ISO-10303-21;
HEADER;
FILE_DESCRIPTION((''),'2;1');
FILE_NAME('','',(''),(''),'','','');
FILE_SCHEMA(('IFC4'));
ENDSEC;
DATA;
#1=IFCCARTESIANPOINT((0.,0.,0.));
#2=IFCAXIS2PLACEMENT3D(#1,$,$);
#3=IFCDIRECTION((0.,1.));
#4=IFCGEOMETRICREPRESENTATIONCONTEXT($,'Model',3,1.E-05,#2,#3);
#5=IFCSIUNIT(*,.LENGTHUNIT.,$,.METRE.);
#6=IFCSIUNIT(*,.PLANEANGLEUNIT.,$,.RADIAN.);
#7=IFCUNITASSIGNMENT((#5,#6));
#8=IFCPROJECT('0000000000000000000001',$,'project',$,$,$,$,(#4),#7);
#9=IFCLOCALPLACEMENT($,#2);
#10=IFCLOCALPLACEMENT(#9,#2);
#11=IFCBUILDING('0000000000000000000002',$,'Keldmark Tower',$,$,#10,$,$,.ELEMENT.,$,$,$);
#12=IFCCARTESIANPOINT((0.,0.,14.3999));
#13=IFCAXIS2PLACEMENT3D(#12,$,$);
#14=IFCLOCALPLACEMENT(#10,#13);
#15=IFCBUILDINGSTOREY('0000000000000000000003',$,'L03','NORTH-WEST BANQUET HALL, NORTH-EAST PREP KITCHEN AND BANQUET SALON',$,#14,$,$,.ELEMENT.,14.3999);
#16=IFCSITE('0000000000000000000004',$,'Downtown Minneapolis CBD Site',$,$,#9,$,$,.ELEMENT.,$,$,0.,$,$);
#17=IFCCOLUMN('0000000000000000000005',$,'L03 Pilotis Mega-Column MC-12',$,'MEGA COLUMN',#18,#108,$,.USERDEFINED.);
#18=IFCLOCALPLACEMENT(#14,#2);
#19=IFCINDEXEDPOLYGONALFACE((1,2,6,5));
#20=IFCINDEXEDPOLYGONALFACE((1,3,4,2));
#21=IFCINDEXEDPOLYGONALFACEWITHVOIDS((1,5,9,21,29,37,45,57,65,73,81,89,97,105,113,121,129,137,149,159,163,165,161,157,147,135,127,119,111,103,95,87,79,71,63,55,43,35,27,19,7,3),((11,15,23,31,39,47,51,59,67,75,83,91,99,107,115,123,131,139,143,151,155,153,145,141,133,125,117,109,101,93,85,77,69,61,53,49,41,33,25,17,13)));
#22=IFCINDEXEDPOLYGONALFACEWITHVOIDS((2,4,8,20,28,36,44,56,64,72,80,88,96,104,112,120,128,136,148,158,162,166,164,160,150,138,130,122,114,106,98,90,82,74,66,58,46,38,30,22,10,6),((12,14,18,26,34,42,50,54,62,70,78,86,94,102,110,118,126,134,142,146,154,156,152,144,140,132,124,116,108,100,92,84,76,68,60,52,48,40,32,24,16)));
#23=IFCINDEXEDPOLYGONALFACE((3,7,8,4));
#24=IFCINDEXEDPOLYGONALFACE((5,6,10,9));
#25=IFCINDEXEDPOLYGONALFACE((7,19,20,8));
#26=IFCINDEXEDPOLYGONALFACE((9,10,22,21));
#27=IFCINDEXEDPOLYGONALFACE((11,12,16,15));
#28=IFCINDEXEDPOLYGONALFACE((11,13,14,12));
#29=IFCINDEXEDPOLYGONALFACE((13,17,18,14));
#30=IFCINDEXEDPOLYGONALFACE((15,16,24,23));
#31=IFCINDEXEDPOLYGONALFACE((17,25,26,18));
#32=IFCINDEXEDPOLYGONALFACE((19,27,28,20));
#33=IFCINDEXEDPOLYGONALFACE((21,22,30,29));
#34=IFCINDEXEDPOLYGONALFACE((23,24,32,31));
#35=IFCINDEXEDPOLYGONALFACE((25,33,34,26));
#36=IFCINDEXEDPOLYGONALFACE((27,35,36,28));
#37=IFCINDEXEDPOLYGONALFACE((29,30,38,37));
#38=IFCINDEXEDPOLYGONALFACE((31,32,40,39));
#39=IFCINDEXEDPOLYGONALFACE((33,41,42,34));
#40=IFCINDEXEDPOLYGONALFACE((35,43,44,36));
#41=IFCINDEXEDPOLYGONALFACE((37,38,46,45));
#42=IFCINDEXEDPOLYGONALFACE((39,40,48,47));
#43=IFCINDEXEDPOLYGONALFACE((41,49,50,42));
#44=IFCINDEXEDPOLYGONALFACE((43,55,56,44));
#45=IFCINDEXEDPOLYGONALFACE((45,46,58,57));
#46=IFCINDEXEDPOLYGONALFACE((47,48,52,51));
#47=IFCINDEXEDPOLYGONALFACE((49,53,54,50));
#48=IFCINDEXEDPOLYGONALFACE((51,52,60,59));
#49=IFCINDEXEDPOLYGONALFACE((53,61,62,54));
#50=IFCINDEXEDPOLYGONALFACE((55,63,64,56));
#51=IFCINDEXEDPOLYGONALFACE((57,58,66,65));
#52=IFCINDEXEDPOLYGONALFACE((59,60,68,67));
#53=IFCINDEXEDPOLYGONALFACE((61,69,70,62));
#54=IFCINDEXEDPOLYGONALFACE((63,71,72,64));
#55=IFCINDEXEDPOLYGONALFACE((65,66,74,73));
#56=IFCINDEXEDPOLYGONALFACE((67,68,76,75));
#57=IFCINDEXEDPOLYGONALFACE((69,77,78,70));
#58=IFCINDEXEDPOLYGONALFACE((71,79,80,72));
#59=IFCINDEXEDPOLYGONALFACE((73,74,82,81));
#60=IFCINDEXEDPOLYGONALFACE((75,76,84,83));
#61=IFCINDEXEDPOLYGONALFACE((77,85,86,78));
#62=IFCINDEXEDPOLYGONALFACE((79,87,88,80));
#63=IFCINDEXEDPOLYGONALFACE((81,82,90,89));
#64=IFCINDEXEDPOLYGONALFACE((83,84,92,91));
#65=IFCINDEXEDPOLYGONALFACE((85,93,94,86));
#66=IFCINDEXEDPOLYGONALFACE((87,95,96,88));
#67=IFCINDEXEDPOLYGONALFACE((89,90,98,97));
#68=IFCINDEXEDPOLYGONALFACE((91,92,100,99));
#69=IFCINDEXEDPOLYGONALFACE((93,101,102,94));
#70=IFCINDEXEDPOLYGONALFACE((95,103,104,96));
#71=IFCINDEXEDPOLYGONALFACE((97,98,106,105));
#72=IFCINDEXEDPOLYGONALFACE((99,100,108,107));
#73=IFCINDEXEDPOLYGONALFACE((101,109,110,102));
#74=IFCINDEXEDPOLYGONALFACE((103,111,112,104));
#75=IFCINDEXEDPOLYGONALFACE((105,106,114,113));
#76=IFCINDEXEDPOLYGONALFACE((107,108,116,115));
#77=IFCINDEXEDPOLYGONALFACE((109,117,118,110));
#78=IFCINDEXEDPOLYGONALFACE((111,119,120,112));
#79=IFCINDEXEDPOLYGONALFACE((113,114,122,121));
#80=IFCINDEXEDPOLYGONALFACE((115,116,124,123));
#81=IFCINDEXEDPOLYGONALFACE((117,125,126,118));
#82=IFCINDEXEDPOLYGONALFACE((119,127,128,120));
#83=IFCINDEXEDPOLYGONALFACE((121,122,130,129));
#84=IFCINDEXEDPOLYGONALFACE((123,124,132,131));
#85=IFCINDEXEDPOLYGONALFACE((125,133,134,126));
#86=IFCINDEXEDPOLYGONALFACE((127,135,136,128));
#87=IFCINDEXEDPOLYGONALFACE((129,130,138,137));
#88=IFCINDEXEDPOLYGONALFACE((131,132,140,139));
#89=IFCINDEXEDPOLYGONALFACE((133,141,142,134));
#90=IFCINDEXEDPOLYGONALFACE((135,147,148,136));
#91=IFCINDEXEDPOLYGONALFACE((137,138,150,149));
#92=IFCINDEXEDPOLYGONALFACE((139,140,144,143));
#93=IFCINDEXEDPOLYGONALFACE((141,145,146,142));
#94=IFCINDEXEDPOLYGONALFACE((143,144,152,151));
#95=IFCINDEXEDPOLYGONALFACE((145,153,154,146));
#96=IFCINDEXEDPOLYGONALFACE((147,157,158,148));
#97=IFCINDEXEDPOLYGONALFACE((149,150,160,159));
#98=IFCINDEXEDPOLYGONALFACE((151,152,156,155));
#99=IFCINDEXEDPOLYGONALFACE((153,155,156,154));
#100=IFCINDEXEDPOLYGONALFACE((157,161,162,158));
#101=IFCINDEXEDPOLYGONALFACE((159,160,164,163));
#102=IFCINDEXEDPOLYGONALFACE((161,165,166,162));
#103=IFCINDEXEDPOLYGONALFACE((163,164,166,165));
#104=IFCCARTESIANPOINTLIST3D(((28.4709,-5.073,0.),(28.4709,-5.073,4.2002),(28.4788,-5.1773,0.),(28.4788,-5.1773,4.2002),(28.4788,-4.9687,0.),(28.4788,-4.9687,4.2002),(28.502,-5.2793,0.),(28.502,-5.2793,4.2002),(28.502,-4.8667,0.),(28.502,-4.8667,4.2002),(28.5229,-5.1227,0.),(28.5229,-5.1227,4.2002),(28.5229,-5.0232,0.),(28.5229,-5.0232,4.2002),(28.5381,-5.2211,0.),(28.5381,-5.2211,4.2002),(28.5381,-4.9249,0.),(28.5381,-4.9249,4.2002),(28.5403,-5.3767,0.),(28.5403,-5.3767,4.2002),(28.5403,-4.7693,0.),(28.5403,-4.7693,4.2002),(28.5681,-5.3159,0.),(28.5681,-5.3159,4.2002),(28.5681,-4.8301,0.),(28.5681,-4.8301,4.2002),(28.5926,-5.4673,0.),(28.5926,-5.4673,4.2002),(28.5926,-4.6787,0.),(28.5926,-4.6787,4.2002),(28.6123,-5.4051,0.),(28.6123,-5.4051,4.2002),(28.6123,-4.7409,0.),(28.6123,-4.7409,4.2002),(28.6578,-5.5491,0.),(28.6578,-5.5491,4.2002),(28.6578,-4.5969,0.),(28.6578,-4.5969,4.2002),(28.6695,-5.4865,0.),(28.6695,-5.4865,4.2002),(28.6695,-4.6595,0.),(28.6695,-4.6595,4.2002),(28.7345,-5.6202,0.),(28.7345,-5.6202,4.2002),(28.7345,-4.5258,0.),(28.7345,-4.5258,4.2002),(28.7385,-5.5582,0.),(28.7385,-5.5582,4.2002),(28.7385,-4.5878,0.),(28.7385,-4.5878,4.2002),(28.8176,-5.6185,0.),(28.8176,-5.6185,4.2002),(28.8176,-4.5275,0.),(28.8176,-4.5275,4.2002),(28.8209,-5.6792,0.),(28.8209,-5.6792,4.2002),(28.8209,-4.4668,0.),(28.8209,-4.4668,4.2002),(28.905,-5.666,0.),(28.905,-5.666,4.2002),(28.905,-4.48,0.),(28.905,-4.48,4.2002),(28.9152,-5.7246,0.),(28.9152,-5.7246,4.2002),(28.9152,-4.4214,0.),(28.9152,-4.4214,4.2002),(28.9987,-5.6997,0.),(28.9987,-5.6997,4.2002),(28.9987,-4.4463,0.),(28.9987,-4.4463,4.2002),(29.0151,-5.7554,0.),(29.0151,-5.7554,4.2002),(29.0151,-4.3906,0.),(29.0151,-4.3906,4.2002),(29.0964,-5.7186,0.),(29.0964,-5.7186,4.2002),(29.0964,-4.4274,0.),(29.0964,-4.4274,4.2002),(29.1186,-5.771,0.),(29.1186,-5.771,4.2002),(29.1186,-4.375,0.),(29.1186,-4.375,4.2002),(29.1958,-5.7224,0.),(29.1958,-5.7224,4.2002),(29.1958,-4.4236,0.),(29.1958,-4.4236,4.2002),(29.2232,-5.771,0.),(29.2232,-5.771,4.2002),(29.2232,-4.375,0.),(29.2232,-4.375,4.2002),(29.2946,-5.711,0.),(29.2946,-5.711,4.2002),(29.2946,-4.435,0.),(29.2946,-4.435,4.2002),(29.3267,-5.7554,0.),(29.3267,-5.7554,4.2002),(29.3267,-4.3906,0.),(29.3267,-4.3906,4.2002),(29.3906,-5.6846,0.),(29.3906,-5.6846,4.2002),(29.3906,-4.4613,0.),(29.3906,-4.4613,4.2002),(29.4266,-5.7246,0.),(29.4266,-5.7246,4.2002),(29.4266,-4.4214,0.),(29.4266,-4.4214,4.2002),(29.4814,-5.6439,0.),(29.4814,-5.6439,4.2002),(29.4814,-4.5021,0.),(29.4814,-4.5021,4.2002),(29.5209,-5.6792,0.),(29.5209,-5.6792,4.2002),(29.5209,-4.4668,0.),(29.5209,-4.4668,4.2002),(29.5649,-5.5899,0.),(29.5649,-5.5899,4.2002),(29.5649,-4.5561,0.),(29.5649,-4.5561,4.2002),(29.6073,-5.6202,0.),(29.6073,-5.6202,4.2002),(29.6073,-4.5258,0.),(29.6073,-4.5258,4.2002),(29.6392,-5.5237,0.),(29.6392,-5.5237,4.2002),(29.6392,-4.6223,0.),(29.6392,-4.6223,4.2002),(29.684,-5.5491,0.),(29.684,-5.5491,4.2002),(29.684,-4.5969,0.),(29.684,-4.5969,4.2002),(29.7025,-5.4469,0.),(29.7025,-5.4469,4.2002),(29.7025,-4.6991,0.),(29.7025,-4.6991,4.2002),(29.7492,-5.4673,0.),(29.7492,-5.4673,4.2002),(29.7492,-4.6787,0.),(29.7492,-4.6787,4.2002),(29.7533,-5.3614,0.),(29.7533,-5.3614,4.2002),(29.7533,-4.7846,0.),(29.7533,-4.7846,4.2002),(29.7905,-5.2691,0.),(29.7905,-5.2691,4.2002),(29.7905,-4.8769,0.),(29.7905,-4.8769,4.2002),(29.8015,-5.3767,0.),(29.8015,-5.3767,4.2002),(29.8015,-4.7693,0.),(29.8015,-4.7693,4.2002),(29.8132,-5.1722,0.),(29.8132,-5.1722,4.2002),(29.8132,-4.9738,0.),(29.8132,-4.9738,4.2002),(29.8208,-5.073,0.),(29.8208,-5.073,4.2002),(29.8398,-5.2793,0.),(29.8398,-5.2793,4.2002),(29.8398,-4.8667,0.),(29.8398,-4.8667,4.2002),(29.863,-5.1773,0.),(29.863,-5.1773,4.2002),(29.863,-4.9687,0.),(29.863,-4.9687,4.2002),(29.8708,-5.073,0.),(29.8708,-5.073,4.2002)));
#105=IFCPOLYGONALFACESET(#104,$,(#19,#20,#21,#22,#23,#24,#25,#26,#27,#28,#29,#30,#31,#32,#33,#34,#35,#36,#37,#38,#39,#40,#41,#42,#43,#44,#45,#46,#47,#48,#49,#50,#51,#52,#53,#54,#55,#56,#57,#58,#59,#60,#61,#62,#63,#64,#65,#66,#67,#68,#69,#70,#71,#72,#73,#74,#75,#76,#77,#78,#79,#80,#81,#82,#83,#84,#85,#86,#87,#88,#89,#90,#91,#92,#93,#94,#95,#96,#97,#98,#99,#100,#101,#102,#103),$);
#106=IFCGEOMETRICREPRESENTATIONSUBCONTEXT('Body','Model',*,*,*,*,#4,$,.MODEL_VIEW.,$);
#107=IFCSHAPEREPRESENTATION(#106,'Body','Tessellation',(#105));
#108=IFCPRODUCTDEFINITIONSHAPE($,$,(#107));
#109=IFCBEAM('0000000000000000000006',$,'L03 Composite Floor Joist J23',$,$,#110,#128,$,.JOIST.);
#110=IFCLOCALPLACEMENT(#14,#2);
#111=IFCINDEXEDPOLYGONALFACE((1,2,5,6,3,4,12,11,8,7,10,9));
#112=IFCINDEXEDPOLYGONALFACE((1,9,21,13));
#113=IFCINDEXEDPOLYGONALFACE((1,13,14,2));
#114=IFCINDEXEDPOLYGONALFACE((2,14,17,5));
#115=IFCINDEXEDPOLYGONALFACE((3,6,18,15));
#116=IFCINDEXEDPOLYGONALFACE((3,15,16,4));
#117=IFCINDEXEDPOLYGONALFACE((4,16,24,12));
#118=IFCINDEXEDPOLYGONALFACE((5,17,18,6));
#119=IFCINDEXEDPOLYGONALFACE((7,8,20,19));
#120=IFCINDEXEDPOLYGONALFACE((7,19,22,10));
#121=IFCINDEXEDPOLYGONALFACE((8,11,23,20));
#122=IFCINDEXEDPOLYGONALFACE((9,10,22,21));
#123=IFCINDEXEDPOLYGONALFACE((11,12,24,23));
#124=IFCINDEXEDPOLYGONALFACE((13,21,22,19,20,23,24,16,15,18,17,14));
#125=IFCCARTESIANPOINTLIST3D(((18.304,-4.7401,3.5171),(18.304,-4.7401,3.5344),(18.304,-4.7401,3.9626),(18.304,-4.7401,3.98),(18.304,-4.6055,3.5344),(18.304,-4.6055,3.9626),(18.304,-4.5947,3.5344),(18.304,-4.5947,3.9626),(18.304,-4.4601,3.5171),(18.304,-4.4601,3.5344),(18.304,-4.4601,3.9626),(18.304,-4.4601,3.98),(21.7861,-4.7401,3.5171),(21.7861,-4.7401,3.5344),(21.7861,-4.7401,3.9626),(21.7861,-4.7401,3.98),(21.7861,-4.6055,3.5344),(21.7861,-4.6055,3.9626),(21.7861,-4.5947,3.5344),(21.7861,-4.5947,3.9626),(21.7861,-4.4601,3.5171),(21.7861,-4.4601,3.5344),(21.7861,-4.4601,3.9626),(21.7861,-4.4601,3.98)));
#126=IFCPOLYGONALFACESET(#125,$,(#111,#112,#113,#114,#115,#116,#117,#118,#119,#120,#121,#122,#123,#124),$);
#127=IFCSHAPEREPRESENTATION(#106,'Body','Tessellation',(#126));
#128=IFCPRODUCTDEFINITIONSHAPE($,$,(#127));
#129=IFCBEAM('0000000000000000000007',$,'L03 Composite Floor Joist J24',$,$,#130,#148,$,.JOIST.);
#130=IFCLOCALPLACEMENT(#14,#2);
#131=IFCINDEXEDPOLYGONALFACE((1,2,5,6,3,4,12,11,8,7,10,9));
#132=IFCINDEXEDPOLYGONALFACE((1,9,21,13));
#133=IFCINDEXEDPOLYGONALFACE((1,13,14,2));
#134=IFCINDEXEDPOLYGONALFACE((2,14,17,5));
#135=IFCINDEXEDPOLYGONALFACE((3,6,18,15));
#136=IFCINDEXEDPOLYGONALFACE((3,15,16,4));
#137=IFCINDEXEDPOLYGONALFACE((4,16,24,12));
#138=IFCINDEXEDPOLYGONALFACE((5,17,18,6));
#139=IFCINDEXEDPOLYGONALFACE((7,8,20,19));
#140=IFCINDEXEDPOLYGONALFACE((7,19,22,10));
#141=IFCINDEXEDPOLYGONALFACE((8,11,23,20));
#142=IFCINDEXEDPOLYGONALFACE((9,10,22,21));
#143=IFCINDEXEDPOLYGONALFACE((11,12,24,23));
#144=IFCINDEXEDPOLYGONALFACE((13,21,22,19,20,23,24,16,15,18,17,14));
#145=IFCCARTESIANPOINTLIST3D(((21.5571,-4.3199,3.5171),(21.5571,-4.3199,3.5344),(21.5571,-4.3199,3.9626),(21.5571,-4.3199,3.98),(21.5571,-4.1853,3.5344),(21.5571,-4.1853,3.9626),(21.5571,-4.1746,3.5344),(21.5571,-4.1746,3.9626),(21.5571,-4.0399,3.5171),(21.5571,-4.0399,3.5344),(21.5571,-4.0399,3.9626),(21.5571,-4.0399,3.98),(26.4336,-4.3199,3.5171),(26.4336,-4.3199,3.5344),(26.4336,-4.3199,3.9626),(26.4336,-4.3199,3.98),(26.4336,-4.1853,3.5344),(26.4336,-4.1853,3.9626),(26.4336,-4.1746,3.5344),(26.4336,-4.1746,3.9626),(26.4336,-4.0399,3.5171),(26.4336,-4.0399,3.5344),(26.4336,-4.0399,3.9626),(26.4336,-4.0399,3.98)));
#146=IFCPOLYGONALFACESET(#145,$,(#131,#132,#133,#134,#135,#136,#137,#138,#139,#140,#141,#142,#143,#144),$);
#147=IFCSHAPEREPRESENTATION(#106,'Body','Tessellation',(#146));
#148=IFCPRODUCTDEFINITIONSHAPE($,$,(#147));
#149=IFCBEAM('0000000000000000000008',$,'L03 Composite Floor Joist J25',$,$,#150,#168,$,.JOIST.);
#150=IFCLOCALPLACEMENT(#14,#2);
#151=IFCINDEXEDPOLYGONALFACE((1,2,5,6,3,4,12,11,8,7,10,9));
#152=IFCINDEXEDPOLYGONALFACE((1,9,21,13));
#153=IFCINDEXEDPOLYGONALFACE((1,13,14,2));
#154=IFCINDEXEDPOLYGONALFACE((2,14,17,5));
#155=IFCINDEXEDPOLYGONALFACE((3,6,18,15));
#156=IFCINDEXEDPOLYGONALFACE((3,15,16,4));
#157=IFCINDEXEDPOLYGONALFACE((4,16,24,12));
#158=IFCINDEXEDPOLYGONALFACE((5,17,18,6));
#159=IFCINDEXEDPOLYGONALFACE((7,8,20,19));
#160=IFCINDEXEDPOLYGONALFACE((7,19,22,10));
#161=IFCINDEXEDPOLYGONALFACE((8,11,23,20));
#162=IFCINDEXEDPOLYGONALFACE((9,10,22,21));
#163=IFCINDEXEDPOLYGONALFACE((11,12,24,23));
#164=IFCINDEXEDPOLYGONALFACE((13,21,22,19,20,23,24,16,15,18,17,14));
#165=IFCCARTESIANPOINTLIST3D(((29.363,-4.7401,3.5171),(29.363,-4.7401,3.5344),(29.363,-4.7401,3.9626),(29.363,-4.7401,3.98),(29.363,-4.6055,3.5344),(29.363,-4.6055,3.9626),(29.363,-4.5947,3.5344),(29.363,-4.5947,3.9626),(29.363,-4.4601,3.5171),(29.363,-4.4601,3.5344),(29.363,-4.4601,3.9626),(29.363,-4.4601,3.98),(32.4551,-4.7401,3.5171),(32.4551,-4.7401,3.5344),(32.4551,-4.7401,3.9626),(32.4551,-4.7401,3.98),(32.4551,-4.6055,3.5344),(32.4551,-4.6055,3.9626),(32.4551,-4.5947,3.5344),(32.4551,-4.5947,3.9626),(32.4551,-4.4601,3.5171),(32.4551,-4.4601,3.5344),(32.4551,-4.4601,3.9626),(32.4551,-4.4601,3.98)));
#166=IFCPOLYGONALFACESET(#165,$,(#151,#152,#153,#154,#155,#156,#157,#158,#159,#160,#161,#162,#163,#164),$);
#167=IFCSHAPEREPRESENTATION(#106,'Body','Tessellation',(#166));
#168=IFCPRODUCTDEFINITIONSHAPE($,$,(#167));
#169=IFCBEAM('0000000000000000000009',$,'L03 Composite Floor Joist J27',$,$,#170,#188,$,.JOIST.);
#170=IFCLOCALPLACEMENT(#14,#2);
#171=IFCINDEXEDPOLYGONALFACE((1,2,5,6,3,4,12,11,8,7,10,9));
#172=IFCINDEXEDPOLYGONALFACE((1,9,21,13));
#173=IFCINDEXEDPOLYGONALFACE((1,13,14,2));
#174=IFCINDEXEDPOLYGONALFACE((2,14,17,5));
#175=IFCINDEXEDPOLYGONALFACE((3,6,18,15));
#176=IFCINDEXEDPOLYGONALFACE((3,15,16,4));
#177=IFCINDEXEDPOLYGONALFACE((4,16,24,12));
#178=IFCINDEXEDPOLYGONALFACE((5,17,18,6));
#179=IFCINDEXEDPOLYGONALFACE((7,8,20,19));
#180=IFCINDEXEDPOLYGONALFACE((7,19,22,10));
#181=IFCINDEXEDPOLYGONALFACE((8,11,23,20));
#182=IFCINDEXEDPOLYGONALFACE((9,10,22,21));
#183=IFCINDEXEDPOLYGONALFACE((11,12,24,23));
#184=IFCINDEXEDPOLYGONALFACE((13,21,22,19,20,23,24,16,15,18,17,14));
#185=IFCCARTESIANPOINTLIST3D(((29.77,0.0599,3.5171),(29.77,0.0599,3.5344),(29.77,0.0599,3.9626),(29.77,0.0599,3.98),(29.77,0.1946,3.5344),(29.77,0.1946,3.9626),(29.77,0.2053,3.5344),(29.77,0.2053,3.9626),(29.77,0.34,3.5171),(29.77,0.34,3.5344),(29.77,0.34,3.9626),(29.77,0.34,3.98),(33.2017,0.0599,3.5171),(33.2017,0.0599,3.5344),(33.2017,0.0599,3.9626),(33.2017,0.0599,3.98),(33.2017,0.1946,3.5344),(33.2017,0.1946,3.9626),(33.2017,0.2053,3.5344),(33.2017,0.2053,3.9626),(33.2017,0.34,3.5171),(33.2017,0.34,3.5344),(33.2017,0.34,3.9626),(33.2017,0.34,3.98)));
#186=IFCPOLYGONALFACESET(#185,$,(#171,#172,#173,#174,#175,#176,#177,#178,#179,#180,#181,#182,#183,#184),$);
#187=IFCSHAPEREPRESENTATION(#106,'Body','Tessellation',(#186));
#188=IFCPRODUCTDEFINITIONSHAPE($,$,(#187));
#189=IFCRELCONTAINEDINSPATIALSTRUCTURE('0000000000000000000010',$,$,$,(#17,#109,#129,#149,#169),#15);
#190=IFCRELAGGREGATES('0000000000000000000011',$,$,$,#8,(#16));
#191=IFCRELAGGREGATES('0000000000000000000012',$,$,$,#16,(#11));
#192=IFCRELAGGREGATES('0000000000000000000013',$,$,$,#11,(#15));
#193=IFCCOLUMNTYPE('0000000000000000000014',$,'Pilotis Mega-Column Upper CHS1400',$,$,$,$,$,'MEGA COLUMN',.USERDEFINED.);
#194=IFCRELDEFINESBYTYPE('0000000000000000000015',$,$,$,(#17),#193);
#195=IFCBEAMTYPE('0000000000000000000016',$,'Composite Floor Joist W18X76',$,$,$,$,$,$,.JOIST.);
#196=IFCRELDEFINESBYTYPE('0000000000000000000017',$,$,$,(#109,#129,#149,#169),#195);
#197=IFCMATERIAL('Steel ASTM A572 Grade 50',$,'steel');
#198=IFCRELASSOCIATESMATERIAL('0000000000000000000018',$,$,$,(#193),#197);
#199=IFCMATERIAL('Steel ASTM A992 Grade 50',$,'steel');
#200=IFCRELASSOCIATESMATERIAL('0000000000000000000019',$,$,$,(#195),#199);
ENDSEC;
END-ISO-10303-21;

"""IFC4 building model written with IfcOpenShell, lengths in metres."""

from ifc_helpers import new_model, si_unit, direction, frame, origin, origin_2d, place, context, subcontext, project, spatial, hollow_circle, i_section, extrude, material, material_profile, profile_set, type_object, element, save


model = new_model("IFC4")

# Units and contexts
model_context = context("Model", 3, precision=1e-05, world=origin(), true_north=direction((0.0, 1.0)))
body_context = subcontext(model_context, "Body", "Model", "MODEL_VIEW")
ifc_project = project(units=[si_unit("LENGTHUNIT", "METRE"), si_unit("PLANEANGLEUNIT", "RADIAN")], contexts=[model_context])

# Site, building, storey
site_placement = place(None, origin())
site = spatial("IfcSite", under=ifc_project, at=site_placement, Name="Downtown Minneapolis CBD Site", CompositionType="ELEMENT", RefElevation=0.0)
building_placement = place(site_placement, origin())
building = spatial("IfcBuilding", under=site, at=building_placement, Name="Keldmark Tower", CompositionType="ELEMENT")
storey_placement = place(building_placement, frame((0.0, 0.0, 14.3999)))
storey = spatial("IfcBuildingStorey", under=building, at=storey_placement, Name="L03", Description="NORTH-WEST BANQUET HALL, NORTH-EAST PREP KITCHEN AND BANQUET SALON", CompositionType="ELEMENT", Elevation=14.3999)

# Column
ifc_material_1 = material(Name="Steel ASTM A572 Grade 50", Category="steel")
ifc_material_profile_1 = material_profile(ifc_material_1, hollow_circle(Radius=0.7, WallThickness=0.05, at=origin_2d()), Name="CHS1400X50")
ifc_profile_set_1 = profile_set([ifc_material_profile_1], Name="Steel ASTM A572 Grade 50")
column_type = type_object("IfcColumnType", Name="Pilotis Mega-Column Upper CHS1400", ElementType="MEGA COLUMN", PredefinedType="USERDEFINED", material=ifc_profile_set_1)
column_placement = place(storey_placement, frame((29.1709, -5.073, 0.0), z_axis=(0.0, 0.0, 1.0), x_axis=(1.0, 0.0, 0.0)))
element("IfcColumn", 1, at=column_placement, inside=storey, type_object=column_type, Name="L03 Pilotis Mega-Column MC-12", ObjectType="MEGA COLUMN", PredefinedType="USERDEFINED", context=body_context, shape_type="SweptSolid", body=[
    extrude(hollow_circle(Radius=0.7, WallThickness=0.05, at=origin_2d()), origin(), (0.0, 0.0, 1.0), 4.2002),
])

# Beams
ifc_material_2 = material(Name="Steel ASTM A992 Grade 50", Category="steel")
ifc_material_profile_2 = material_profile(ifc_material_2, i_section(OverallWidth=0.28, OverallDepth=0.4629, WebThickness=0.0107, FlangeThickness=0.0173, at=origin_2d()), Name="W18X76")
ifc_profile_set_2 = profile_set([ifc_material_profile_2], Name="Steel ASTM A992 Grade 50")
beam_type_1 = type_object("IfcBeamType", Name="Composite Floor Joist W18X76", PredefinedType="JOIST", material=ifc_profile_set_2)
beam_1_placement = place(storey_placement, frame((18.304, -4.6001, 3.7485), z_axis=(1.0, 0.0, 0.0), x_axis=(0.0, 1.0, 0.0)))
element("IfcBeam", 2, at=beam_1_placement, inside=storey, type_object=beam_type_1, Name="L03 Composite Floor Joist J23", PredefinedType="JOIST", context=body_context, shape_type="SweptSolid", body=[
    extrude(i_section(OverallWidth=0.28, OverallDepth=0.4629, WebThickness=0.0107, FlangeThickness=0.0173, at=origin_2d()), origin(), (0.0, 0.0, 1.0), 3.4822),
])
beam_2_placement = place(storey_placement, frame((21.5571, -4.1799, 3.7485), z_axis=(1.0, 0.0, 0.0), x_axis=(0.0, 1.0, 0.0)))
element("IfcBeam", 3, at=beam_2_placement, inside=storey, type_object=beam_type_1, Name="L03 Composite Floor Joist J24", PredefinedType="JOIST", context=body_context, shape_type="SweptSolid", body=[
    extrude(i_section(OverallWidth=0.28, OverallDepth=0.4629, WebThickness=0.0107, FlangeThickness=0.0173, at=origin_2d()), origin(), (0.0, 0.0, 1.0), 4.8765),
])
beam_3_placement = place(storey_placement, frame((29.363, -4.6001, 3.7485), z_axis=(1.0, 0.0, 0.0), x_axis=(0.0, 1.0, 0.0)))
element("IfcBeam", 4, at=beam_3_placement, inside=storey, type_object=beam_type_1, Name="L03 Composite Floor Joist J25", PredefinedType="JOIST", context=body_context, shape_type="SweptSolid", body=[
    extrude(i_section(OverallWidth=0.28, OverallDepth=0.4629, WebThickness=0.0107, FlangeThickness=0.0173, at=origin_2d()), origin(), (0.0, 0.0, 1.0), 3.092),
])
beam_4_placement = place(storey_placement, frame((29.77, 0.2, 3.7485), z_axis=(1.0, 0.0, 0.0), x_axis=(0.0, 1.0, 0.0)))
element("IfcBeam", 5, at=beam_4_placement, inside=storey, type_object=beam_type_1, Name="L03 Composite Floor Joist J27", PredefinedType="JOIST", context=body_context, shape_type="SweptSolid", body=[
    extrude(i_section(OverallWidth=0.28, OverallDepth=0.4629, WebThickness=0.0107, FlangeThickness=0.0173, at=origin_2d()), origin(), (0.0, 0.0, 1.0), 3.4316),
])

save(model, "model.ifc")
